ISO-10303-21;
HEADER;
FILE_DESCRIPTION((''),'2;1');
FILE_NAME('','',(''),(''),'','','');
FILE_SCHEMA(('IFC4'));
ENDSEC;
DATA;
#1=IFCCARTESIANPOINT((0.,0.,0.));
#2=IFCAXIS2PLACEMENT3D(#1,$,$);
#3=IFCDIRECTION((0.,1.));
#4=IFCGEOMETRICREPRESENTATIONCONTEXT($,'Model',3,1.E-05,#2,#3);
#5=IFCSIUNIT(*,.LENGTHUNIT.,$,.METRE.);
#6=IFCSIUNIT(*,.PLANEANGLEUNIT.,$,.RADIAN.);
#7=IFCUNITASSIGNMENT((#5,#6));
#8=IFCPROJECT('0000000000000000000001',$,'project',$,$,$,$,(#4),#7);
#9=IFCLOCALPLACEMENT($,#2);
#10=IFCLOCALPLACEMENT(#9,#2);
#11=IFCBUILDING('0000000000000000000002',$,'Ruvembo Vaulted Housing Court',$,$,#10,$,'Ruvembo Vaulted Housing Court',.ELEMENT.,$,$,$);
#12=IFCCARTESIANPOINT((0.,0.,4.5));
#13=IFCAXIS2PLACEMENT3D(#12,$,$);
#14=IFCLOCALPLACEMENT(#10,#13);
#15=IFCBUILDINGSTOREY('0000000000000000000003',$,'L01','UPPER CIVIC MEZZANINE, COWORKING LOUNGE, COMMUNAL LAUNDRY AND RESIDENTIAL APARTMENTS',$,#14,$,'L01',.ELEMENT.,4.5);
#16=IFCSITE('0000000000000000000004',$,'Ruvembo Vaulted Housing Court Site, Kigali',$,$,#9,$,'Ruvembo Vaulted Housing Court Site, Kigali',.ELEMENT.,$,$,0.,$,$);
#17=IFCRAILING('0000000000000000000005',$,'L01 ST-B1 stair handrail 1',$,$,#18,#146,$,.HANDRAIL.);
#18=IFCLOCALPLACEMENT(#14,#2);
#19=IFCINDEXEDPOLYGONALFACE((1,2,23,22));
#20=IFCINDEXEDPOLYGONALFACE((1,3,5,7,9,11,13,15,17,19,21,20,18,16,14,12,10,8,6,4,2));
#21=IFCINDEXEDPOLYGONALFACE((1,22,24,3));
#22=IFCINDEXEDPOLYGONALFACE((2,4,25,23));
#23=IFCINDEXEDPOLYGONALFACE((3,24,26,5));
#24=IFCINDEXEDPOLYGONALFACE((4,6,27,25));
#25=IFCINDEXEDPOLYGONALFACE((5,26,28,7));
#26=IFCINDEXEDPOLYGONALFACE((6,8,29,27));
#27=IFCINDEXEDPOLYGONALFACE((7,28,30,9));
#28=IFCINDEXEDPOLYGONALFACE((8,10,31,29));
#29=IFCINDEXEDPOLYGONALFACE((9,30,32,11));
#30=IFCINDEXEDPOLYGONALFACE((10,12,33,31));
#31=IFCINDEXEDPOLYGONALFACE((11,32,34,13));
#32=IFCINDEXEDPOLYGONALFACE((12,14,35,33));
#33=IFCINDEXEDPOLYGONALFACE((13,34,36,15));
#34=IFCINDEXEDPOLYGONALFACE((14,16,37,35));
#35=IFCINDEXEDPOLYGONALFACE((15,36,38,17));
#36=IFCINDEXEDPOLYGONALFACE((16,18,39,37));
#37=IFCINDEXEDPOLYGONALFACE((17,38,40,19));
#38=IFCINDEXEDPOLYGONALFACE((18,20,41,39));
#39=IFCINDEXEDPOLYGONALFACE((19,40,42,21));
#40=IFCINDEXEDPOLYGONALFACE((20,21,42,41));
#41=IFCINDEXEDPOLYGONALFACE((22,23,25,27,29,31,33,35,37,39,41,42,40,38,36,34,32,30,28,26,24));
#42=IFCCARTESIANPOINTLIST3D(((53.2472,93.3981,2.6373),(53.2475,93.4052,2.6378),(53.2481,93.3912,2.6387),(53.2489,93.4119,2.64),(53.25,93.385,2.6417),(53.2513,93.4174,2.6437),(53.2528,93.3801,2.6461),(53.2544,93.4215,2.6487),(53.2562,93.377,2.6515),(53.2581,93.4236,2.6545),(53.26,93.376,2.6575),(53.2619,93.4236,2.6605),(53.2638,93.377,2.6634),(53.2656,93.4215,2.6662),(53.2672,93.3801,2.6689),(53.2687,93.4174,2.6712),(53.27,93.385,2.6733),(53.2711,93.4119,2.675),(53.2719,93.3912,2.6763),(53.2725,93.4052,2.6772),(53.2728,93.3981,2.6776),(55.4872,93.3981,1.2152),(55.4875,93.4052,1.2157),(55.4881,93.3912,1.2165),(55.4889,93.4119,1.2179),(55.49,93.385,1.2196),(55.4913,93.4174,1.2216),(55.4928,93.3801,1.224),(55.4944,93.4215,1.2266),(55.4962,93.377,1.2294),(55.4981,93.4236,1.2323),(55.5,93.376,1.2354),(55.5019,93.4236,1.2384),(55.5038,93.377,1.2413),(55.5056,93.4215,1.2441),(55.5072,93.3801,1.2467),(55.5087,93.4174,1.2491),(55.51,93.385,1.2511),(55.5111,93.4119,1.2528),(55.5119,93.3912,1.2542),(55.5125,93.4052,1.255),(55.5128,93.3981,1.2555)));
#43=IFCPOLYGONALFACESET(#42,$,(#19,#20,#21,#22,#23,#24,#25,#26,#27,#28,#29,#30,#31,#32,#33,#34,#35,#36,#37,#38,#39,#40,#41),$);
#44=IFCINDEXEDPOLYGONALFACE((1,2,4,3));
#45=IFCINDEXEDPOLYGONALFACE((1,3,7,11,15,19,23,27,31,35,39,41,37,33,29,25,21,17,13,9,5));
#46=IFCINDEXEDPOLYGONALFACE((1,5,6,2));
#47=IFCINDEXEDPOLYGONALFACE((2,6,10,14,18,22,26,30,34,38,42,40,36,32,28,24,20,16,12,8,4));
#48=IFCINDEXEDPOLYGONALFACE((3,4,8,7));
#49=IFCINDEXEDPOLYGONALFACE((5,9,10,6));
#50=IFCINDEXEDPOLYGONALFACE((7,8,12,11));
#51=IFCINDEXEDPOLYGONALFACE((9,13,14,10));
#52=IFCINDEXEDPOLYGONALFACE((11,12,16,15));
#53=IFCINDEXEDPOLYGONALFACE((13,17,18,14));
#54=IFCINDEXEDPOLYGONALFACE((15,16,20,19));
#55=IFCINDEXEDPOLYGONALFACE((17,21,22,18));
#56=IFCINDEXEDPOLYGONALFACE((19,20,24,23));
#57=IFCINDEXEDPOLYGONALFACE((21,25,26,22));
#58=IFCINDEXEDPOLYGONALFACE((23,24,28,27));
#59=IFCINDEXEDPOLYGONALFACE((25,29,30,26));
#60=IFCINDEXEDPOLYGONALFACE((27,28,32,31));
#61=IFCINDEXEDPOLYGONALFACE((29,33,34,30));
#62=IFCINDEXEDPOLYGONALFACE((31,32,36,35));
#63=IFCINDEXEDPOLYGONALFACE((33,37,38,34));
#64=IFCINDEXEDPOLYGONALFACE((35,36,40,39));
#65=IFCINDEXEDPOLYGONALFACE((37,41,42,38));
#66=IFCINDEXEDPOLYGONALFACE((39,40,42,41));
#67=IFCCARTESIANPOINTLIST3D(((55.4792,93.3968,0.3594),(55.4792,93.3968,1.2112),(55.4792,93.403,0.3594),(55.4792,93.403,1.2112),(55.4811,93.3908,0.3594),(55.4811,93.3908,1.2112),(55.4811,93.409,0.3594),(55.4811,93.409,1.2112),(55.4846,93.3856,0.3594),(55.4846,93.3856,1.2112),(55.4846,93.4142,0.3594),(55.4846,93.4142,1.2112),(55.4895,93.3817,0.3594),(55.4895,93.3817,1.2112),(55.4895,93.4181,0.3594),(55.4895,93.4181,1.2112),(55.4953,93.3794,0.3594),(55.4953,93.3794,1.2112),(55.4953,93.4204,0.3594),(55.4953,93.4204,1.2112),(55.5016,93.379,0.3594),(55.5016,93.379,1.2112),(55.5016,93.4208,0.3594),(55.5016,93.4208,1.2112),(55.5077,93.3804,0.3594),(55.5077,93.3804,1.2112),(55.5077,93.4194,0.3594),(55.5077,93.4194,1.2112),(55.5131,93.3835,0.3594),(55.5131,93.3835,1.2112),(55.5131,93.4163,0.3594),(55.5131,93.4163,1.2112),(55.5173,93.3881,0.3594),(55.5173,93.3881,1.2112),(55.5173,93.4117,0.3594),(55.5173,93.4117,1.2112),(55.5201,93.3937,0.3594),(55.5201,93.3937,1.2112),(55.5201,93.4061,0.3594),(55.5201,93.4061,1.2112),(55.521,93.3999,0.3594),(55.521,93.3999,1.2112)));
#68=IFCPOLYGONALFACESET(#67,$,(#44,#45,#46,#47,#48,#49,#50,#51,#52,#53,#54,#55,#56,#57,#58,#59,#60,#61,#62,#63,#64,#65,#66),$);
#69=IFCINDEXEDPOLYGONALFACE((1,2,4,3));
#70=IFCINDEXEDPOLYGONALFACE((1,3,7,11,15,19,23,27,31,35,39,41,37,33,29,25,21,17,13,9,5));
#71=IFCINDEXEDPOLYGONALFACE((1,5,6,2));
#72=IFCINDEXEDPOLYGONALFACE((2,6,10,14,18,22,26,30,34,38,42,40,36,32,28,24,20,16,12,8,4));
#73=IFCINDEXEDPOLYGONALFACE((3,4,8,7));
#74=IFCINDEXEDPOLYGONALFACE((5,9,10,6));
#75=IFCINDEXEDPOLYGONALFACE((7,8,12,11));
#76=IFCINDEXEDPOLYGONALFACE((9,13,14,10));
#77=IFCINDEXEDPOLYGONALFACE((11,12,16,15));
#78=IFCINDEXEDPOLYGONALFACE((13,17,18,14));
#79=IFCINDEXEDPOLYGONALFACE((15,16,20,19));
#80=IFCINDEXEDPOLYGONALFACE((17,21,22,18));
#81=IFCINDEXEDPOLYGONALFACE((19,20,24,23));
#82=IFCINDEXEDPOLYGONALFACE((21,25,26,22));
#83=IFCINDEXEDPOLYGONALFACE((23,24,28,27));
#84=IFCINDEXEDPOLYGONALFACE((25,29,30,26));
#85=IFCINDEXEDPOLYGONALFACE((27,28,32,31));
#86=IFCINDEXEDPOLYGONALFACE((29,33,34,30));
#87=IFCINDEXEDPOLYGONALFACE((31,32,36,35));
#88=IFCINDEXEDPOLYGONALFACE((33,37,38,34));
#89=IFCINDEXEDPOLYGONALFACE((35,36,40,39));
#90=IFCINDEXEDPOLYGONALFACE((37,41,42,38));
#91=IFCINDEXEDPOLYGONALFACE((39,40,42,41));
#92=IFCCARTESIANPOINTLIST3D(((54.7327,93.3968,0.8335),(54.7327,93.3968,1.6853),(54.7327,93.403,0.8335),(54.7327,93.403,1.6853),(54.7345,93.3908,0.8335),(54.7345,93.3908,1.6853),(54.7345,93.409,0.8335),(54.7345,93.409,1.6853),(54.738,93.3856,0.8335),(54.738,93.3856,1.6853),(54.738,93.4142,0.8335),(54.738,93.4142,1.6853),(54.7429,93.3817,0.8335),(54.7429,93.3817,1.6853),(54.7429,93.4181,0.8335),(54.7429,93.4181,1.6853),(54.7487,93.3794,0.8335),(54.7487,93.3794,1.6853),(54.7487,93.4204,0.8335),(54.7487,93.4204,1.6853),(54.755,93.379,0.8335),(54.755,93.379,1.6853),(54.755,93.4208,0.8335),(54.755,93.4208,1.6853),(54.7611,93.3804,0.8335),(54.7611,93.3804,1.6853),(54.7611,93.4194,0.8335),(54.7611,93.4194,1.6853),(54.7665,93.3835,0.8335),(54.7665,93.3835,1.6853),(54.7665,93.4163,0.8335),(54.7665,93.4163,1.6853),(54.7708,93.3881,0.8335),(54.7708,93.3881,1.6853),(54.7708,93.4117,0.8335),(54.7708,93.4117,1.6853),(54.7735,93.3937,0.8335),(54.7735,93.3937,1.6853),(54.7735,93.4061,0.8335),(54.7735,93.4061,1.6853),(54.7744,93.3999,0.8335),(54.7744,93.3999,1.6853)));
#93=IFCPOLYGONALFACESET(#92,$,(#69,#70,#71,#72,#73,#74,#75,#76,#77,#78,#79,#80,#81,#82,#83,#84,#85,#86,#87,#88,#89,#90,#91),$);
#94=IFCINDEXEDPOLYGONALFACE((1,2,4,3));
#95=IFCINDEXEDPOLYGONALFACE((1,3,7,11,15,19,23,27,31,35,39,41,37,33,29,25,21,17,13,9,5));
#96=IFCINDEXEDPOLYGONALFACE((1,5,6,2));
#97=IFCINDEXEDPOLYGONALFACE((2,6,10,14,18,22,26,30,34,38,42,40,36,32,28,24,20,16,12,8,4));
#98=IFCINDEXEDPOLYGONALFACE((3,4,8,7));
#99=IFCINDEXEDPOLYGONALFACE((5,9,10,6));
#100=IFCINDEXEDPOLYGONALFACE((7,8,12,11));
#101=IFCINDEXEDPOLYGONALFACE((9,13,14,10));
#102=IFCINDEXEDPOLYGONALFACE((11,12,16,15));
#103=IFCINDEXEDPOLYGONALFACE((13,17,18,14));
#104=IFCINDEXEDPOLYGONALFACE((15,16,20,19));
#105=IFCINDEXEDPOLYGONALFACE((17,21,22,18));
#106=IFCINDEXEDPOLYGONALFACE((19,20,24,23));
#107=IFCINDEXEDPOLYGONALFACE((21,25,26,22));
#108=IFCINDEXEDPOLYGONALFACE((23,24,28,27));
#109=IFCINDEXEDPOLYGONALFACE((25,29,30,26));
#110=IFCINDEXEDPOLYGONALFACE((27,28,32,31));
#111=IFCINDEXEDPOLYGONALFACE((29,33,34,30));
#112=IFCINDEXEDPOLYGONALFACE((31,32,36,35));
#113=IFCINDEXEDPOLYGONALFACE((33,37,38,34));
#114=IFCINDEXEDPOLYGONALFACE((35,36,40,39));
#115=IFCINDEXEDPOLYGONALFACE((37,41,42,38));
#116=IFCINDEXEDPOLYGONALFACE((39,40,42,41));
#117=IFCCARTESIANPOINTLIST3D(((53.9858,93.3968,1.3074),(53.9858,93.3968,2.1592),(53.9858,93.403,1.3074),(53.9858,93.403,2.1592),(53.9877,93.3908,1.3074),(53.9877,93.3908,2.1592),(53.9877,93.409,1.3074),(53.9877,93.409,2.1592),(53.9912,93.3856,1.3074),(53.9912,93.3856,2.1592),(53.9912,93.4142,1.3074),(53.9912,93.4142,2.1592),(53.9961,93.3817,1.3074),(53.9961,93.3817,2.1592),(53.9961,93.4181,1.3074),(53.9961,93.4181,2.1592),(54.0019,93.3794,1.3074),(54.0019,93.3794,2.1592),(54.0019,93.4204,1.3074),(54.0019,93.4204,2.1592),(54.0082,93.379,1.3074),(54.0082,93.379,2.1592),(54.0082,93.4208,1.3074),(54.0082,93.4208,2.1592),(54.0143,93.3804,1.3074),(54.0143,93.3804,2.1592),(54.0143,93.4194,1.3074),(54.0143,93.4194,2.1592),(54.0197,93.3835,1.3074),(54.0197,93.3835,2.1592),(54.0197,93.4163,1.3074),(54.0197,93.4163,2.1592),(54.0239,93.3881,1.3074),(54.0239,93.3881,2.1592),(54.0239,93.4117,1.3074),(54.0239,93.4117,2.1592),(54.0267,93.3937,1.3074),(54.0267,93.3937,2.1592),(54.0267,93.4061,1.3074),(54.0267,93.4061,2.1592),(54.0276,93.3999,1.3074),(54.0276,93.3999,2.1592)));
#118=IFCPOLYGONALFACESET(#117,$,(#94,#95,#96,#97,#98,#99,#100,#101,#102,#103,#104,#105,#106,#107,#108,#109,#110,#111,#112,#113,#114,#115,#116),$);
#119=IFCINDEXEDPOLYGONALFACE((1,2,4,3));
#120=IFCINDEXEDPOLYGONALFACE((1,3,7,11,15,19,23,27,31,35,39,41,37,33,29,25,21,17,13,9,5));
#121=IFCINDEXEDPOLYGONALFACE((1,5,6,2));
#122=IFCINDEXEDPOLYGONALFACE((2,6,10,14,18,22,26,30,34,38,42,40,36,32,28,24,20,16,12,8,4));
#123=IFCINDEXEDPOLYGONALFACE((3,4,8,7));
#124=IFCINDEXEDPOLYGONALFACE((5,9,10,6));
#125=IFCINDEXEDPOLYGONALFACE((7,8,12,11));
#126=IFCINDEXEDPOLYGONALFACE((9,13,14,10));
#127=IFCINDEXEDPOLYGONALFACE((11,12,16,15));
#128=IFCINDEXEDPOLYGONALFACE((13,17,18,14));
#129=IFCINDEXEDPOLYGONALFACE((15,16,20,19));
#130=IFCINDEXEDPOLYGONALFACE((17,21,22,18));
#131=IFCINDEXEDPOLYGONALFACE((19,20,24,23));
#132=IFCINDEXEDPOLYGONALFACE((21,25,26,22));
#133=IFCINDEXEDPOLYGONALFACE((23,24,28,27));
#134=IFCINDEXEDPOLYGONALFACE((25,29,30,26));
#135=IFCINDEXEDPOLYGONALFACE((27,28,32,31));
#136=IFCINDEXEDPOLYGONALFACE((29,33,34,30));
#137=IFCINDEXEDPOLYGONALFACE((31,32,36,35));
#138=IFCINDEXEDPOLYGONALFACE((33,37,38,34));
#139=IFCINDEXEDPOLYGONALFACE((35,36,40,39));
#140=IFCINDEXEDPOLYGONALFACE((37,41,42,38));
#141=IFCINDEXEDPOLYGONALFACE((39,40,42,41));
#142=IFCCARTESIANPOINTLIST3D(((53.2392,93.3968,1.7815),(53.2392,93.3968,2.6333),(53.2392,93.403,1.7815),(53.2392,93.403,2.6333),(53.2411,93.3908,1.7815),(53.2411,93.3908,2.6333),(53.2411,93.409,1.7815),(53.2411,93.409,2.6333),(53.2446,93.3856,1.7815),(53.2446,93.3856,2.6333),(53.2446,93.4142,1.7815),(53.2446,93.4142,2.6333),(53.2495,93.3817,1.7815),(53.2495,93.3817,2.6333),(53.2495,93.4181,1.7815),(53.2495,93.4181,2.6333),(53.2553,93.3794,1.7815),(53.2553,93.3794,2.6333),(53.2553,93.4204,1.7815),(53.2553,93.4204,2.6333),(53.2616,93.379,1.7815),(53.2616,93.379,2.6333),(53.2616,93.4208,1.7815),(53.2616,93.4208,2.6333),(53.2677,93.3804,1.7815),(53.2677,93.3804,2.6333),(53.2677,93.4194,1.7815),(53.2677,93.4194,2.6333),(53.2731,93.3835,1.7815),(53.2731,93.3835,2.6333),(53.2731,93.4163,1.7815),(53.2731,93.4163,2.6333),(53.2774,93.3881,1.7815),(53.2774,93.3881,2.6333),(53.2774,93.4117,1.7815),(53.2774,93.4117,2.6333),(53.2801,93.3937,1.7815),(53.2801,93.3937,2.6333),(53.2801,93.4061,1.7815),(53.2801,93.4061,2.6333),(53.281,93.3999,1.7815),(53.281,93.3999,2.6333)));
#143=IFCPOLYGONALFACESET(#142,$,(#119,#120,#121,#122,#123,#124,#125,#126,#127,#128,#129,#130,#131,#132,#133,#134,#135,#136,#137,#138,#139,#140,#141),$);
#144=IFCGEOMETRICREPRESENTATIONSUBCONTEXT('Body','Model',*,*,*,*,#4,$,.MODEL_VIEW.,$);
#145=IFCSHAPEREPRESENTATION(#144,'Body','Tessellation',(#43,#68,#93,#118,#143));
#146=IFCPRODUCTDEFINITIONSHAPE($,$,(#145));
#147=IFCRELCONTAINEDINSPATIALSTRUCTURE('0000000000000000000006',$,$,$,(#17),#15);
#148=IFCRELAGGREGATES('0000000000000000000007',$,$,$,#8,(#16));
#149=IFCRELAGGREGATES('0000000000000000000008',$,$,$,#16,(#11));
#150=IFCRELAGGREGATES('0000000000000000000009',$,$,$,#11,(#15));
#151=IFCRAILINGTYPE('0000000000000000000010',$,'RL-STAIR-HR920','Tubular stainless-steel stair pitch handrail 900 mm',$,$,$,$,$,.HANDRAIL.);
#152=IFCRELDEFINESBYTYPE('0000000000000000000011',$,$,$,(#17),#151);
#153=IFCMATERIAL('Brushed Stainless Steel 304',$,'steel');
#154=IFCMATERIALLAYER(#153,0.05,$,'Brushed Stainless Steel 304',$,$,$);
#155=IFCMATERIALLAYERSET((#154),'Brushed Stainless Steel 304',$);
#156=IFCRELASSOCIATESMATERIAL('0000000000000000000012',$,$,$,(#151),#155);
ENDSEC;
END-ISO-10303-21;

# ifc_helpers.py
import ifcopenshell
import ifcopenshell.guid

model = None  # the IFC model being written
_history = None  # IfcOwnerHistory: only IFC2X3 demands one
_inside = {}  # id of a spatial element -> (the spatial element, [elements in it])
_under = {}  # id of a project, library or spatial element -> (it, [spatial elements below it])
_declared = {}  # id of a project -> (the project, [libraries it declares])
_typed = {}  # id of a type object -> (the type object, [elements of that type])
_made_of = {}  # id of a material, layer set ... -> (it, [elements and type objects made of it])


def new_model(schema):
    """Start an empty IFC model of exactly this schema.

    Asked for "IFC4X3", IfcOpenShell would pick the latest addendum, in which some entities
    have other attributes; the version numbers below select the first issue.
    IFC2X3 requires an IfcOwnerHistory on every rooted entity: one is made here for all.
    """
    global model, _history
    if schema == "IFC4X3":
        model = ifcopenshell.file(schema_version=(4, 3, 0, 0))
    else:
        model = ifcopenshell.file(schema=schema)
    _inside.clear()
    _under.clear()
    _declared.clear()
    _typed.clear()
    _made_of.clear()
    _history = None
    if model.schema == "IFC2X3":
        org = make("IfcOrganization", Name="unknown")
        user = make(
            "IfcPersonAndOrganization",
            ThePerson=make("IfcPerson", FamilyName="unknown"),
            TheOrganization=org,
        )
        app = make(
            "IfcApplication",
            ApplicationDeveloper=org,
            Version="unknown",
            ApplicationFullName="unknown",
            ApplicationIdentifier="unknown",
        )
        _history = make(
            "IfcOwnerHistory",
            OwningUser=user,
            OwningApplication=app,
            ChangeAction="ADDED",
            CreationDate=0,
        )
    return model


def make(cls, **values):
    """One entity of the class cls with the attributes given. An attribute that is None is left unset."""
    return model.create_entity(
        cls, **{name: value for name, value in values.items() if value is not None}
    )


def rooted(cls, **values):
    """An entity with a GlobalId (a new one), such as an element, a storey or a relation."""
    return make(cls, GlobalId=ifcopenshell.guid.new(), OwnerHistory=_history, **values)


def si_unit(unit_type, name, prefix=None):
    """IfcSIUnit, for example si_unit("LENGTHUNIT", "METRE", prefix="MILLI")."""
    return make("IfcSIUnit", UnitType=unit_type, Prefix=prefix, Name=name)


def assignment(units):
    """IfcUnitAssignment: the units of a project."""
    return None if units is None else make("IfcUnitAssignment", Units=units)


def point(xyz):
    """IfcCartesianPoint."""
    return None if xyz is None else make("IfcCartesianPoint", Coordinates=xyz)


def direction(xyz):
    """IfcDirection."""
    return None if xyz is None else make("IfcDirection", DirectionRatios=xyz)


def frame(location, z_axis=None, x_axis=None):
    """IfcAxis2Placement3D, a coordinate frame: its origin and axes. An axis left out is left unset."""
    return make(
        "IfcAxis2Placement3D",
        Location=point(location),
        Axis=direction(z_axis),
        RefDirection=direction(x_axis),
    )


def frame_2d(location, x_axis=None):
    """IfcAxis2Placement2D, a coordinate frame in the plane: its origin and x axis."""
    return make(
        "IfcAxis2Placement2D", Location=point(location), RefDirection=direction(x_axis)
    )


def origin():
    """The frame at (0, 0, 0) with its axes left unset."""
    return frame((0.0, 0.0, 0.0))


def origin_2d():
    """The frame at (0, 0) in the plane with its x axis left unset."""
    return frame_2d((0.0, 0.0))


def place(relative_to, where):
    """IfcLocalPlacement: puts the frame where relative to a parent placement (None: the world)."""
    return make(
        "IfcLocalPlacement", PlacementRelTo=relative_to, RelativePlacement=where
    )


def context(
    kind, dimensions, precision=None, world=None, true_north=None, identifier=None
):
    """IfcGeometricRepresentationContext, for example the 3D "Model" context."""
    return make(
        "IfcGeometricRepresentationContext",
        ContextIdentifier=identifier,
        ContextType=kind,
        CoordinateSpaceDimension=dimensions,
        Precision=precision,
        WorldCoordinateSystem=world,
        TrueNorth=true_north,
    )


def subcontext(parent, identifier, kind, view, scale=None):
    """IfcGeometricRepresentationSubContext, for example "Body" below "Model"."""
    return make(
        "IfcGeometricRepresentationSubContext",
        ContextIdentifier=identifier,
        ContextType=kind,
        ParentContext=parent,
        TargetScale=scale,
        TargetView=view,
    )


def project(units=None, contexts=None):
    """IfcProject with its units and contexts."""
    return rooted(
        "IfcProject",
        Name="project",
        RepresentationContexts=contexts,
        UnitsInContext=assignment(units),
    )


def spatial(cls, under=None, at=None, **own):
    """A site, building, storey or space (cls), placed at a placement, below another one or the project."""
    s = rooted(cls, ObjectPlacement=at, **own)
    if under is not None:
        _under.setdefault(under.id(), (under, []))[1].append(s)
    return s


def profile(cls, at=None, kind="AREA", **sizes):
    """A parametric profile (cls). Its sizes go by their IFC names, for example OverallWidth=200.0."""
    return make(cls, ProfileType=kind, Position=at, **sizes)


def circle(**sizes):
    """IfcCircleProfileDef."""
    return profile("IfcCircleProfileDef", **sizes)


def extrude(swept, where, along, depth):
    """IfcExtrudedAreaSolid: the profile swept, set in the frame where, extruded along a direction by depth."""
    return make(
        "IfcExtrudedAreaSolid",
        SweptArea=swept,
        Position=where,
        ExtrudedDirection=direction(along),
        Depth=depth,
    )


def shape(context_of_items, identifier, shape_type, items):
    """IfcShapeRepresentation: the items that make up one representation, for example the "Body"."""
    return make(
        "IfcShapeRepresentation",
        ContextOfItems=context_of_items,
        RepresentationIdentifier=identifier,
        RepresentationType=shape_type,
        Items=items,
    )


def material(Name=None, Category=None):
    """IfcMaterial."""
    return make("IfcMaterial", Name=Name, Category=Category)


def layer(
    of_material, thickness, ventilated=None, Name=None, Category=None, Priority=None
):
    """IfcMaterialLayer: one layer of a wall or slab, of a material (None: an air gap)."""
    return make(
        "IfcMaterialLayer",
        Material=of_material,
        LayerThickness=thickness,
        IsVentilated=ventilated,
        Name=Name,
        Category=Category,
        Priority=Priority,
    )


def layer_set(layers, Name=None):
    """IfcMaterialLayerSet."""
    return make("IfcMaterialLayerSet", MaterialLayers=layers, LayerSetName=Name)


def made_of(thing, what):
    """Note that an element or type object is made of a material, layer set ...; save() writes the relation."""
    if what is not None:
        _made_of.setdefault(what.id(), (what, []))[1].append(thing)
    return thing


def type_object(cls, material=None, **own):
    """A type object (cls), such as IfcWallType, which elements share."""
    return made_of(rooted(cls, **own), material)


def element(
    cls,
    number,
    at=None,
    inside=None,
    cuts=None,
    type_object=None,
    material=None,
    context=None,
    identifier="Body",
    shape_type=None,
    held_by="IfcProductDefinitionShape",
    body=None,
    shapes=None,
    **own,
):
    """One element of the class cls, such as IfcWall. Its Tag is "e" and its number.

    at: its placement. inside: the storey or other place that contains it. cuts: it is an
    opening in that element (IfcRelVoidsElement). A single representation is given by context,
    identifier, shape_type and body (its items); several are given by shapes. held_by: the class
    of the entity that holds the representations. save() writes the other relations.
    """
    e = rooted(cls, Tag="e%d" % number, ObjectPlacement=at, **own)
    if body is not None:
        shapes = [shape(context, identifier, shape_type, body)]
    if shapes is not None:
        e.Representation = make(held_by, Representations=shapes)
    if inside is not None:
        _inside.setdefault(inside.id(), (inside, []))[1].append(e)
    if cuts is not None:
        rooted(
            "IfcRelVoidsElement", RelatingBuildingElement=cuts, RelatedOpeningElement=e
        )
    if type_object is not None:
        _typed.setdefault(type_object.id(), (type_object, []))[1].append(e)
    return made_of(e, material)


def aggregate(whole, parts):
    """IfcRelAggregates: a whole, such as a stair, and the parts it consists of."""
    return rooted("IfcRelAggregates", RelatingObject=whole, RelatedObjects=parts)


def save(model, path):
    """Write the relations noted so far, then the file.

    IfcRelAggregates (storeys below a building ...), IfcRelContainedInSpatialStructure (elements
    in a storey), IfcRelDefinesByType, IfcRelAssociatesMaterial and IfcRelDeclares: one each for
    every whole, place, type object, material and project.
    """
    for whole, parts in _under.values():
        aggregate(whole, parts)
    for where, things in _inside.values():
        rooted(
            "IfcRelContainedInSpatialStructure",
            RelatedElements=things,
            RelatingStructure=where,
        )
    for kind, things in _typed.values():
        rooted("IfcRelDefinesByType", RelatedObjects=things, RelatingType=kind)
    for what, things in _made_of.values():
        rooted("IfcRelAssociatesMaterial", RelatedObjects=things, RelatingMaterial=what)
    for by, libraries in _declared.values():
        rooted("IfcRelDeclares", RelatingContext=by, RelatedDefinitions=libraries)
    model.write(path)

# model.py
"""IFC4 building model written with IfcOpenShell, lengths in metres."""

from ifc_helpers import new_model, si_unit, direction, frame, origin, origin_2d, place, context, subcontext, project, spatial, circle, extrude, material, layer, layer_set, type_object, element, save


model = new_model("IFC4")

# Units and contexts
model_context = context("Model", 3, precision=1e-05, world=origin(), true_north=direction((0.0, 1.0)))
body_context = subcontext(model_context, "Body", "Model", "MODEL_VIEW")
ifc_project = project(units=[si_unit("LENGTHUNIT", "METRE"), si_unit("PLANEANGLEUNIT", "RADIAN")], contexts=[model_context])

# Site, building, storey
site_placement = place(None, origin())
site = spatial("IfcSite", under=ifc_project, at=site_placement, Name="Ruvembo Vaulted Housing Court Site, Kigali", LongName="Ruvembo Vaulted Housing Court Site, Kigali", CompositionType="ELEMENT", RefElevation=0.0)
building_placement = place(site_placement, origin())
building = spatial("IfcBuilding", under=site, at=building_placement, Name="Ruvembo Vaulted Housing Court", LongName="Ruvembo Vaulted Housing Court", CompositionType="ELEMENT")
storey_placement = place(building_placement, frame((0.0, 0.0, 4.5)))
storey = spatial("IfcBuildingStorey", under=building, at=storey_placement, Name="L01", Description="UPPER CIVIC MEZZANINE, COWORKING LOUNGE, COMMUNAL LAUNDRY AND RESIDENTIAL APARTMENTS", LongName="L01", CompositionType="ELEMENT", Elevation=4.5)

# Shared definitions
ifc_material_1 = material(Name="Brushed Stainless Steel 304", Category="steel")

# Railing
ifc_layer_1 = layer(ifc_material_1, 0.05, Name="Brushed Stainless Steel 304")
ifc_layer_set_1 = layer_set([ifc_layer_1], Name="Brushed Stainless Steel 304")
railing_type_1 = type_object("IfcRailingType", Name="RL-STAIR-HR920", Description="Tubular stainless-steel stair pitch handrail 900 mm", PredefinedType="HANDRAIL", material=ifc_layer_set_1)
railing_1_placement = place(storey_placement, frame((55.5, 93.3999, 0.3594)))
element("IfcRailing", 1, at=railing_1_placement, inside=storey, type_object=railing_type_1, Name="L01 ST-B1 stair handrail 1", PredefinedType="HANDRAIL", context=body_context, shape_type="SweptSolid", body=[
    extrude(circle(Radius=0.0239, at=origin_2d()), frame((0.0, 0.0, 0.876), z_axis=(-0.844229, 0.0, 0.535982), x_axis=(0.0, -1.0, 0.0)), (0.0, 0.0, 1.0), 2.6533),
    extrude(circle(Radius=0.021, at=origin_2d()), origin(), (0.0, 0.0, 1.0), 0.8518),
    extrude(circle(Radius=0.021, at=origin_2d()), frame((-0.7466, 0.0, 0.4741)), (0.0, 0.0, 1.0), 0.8518),
    extrude(circle(Radius=0.021, at=origin_2d()), frame((-1.4934, 0.0, 0.948)), (0.0, 0.0, 1.0), 0.8518),
    extrude(circle(Radius=0.021, at=origin_2d()), frame((-2.24, 0.0, 1.4221)), (0.0, 0.0, 1.0), 0.8518),
])

save(model, "model.ifc")
